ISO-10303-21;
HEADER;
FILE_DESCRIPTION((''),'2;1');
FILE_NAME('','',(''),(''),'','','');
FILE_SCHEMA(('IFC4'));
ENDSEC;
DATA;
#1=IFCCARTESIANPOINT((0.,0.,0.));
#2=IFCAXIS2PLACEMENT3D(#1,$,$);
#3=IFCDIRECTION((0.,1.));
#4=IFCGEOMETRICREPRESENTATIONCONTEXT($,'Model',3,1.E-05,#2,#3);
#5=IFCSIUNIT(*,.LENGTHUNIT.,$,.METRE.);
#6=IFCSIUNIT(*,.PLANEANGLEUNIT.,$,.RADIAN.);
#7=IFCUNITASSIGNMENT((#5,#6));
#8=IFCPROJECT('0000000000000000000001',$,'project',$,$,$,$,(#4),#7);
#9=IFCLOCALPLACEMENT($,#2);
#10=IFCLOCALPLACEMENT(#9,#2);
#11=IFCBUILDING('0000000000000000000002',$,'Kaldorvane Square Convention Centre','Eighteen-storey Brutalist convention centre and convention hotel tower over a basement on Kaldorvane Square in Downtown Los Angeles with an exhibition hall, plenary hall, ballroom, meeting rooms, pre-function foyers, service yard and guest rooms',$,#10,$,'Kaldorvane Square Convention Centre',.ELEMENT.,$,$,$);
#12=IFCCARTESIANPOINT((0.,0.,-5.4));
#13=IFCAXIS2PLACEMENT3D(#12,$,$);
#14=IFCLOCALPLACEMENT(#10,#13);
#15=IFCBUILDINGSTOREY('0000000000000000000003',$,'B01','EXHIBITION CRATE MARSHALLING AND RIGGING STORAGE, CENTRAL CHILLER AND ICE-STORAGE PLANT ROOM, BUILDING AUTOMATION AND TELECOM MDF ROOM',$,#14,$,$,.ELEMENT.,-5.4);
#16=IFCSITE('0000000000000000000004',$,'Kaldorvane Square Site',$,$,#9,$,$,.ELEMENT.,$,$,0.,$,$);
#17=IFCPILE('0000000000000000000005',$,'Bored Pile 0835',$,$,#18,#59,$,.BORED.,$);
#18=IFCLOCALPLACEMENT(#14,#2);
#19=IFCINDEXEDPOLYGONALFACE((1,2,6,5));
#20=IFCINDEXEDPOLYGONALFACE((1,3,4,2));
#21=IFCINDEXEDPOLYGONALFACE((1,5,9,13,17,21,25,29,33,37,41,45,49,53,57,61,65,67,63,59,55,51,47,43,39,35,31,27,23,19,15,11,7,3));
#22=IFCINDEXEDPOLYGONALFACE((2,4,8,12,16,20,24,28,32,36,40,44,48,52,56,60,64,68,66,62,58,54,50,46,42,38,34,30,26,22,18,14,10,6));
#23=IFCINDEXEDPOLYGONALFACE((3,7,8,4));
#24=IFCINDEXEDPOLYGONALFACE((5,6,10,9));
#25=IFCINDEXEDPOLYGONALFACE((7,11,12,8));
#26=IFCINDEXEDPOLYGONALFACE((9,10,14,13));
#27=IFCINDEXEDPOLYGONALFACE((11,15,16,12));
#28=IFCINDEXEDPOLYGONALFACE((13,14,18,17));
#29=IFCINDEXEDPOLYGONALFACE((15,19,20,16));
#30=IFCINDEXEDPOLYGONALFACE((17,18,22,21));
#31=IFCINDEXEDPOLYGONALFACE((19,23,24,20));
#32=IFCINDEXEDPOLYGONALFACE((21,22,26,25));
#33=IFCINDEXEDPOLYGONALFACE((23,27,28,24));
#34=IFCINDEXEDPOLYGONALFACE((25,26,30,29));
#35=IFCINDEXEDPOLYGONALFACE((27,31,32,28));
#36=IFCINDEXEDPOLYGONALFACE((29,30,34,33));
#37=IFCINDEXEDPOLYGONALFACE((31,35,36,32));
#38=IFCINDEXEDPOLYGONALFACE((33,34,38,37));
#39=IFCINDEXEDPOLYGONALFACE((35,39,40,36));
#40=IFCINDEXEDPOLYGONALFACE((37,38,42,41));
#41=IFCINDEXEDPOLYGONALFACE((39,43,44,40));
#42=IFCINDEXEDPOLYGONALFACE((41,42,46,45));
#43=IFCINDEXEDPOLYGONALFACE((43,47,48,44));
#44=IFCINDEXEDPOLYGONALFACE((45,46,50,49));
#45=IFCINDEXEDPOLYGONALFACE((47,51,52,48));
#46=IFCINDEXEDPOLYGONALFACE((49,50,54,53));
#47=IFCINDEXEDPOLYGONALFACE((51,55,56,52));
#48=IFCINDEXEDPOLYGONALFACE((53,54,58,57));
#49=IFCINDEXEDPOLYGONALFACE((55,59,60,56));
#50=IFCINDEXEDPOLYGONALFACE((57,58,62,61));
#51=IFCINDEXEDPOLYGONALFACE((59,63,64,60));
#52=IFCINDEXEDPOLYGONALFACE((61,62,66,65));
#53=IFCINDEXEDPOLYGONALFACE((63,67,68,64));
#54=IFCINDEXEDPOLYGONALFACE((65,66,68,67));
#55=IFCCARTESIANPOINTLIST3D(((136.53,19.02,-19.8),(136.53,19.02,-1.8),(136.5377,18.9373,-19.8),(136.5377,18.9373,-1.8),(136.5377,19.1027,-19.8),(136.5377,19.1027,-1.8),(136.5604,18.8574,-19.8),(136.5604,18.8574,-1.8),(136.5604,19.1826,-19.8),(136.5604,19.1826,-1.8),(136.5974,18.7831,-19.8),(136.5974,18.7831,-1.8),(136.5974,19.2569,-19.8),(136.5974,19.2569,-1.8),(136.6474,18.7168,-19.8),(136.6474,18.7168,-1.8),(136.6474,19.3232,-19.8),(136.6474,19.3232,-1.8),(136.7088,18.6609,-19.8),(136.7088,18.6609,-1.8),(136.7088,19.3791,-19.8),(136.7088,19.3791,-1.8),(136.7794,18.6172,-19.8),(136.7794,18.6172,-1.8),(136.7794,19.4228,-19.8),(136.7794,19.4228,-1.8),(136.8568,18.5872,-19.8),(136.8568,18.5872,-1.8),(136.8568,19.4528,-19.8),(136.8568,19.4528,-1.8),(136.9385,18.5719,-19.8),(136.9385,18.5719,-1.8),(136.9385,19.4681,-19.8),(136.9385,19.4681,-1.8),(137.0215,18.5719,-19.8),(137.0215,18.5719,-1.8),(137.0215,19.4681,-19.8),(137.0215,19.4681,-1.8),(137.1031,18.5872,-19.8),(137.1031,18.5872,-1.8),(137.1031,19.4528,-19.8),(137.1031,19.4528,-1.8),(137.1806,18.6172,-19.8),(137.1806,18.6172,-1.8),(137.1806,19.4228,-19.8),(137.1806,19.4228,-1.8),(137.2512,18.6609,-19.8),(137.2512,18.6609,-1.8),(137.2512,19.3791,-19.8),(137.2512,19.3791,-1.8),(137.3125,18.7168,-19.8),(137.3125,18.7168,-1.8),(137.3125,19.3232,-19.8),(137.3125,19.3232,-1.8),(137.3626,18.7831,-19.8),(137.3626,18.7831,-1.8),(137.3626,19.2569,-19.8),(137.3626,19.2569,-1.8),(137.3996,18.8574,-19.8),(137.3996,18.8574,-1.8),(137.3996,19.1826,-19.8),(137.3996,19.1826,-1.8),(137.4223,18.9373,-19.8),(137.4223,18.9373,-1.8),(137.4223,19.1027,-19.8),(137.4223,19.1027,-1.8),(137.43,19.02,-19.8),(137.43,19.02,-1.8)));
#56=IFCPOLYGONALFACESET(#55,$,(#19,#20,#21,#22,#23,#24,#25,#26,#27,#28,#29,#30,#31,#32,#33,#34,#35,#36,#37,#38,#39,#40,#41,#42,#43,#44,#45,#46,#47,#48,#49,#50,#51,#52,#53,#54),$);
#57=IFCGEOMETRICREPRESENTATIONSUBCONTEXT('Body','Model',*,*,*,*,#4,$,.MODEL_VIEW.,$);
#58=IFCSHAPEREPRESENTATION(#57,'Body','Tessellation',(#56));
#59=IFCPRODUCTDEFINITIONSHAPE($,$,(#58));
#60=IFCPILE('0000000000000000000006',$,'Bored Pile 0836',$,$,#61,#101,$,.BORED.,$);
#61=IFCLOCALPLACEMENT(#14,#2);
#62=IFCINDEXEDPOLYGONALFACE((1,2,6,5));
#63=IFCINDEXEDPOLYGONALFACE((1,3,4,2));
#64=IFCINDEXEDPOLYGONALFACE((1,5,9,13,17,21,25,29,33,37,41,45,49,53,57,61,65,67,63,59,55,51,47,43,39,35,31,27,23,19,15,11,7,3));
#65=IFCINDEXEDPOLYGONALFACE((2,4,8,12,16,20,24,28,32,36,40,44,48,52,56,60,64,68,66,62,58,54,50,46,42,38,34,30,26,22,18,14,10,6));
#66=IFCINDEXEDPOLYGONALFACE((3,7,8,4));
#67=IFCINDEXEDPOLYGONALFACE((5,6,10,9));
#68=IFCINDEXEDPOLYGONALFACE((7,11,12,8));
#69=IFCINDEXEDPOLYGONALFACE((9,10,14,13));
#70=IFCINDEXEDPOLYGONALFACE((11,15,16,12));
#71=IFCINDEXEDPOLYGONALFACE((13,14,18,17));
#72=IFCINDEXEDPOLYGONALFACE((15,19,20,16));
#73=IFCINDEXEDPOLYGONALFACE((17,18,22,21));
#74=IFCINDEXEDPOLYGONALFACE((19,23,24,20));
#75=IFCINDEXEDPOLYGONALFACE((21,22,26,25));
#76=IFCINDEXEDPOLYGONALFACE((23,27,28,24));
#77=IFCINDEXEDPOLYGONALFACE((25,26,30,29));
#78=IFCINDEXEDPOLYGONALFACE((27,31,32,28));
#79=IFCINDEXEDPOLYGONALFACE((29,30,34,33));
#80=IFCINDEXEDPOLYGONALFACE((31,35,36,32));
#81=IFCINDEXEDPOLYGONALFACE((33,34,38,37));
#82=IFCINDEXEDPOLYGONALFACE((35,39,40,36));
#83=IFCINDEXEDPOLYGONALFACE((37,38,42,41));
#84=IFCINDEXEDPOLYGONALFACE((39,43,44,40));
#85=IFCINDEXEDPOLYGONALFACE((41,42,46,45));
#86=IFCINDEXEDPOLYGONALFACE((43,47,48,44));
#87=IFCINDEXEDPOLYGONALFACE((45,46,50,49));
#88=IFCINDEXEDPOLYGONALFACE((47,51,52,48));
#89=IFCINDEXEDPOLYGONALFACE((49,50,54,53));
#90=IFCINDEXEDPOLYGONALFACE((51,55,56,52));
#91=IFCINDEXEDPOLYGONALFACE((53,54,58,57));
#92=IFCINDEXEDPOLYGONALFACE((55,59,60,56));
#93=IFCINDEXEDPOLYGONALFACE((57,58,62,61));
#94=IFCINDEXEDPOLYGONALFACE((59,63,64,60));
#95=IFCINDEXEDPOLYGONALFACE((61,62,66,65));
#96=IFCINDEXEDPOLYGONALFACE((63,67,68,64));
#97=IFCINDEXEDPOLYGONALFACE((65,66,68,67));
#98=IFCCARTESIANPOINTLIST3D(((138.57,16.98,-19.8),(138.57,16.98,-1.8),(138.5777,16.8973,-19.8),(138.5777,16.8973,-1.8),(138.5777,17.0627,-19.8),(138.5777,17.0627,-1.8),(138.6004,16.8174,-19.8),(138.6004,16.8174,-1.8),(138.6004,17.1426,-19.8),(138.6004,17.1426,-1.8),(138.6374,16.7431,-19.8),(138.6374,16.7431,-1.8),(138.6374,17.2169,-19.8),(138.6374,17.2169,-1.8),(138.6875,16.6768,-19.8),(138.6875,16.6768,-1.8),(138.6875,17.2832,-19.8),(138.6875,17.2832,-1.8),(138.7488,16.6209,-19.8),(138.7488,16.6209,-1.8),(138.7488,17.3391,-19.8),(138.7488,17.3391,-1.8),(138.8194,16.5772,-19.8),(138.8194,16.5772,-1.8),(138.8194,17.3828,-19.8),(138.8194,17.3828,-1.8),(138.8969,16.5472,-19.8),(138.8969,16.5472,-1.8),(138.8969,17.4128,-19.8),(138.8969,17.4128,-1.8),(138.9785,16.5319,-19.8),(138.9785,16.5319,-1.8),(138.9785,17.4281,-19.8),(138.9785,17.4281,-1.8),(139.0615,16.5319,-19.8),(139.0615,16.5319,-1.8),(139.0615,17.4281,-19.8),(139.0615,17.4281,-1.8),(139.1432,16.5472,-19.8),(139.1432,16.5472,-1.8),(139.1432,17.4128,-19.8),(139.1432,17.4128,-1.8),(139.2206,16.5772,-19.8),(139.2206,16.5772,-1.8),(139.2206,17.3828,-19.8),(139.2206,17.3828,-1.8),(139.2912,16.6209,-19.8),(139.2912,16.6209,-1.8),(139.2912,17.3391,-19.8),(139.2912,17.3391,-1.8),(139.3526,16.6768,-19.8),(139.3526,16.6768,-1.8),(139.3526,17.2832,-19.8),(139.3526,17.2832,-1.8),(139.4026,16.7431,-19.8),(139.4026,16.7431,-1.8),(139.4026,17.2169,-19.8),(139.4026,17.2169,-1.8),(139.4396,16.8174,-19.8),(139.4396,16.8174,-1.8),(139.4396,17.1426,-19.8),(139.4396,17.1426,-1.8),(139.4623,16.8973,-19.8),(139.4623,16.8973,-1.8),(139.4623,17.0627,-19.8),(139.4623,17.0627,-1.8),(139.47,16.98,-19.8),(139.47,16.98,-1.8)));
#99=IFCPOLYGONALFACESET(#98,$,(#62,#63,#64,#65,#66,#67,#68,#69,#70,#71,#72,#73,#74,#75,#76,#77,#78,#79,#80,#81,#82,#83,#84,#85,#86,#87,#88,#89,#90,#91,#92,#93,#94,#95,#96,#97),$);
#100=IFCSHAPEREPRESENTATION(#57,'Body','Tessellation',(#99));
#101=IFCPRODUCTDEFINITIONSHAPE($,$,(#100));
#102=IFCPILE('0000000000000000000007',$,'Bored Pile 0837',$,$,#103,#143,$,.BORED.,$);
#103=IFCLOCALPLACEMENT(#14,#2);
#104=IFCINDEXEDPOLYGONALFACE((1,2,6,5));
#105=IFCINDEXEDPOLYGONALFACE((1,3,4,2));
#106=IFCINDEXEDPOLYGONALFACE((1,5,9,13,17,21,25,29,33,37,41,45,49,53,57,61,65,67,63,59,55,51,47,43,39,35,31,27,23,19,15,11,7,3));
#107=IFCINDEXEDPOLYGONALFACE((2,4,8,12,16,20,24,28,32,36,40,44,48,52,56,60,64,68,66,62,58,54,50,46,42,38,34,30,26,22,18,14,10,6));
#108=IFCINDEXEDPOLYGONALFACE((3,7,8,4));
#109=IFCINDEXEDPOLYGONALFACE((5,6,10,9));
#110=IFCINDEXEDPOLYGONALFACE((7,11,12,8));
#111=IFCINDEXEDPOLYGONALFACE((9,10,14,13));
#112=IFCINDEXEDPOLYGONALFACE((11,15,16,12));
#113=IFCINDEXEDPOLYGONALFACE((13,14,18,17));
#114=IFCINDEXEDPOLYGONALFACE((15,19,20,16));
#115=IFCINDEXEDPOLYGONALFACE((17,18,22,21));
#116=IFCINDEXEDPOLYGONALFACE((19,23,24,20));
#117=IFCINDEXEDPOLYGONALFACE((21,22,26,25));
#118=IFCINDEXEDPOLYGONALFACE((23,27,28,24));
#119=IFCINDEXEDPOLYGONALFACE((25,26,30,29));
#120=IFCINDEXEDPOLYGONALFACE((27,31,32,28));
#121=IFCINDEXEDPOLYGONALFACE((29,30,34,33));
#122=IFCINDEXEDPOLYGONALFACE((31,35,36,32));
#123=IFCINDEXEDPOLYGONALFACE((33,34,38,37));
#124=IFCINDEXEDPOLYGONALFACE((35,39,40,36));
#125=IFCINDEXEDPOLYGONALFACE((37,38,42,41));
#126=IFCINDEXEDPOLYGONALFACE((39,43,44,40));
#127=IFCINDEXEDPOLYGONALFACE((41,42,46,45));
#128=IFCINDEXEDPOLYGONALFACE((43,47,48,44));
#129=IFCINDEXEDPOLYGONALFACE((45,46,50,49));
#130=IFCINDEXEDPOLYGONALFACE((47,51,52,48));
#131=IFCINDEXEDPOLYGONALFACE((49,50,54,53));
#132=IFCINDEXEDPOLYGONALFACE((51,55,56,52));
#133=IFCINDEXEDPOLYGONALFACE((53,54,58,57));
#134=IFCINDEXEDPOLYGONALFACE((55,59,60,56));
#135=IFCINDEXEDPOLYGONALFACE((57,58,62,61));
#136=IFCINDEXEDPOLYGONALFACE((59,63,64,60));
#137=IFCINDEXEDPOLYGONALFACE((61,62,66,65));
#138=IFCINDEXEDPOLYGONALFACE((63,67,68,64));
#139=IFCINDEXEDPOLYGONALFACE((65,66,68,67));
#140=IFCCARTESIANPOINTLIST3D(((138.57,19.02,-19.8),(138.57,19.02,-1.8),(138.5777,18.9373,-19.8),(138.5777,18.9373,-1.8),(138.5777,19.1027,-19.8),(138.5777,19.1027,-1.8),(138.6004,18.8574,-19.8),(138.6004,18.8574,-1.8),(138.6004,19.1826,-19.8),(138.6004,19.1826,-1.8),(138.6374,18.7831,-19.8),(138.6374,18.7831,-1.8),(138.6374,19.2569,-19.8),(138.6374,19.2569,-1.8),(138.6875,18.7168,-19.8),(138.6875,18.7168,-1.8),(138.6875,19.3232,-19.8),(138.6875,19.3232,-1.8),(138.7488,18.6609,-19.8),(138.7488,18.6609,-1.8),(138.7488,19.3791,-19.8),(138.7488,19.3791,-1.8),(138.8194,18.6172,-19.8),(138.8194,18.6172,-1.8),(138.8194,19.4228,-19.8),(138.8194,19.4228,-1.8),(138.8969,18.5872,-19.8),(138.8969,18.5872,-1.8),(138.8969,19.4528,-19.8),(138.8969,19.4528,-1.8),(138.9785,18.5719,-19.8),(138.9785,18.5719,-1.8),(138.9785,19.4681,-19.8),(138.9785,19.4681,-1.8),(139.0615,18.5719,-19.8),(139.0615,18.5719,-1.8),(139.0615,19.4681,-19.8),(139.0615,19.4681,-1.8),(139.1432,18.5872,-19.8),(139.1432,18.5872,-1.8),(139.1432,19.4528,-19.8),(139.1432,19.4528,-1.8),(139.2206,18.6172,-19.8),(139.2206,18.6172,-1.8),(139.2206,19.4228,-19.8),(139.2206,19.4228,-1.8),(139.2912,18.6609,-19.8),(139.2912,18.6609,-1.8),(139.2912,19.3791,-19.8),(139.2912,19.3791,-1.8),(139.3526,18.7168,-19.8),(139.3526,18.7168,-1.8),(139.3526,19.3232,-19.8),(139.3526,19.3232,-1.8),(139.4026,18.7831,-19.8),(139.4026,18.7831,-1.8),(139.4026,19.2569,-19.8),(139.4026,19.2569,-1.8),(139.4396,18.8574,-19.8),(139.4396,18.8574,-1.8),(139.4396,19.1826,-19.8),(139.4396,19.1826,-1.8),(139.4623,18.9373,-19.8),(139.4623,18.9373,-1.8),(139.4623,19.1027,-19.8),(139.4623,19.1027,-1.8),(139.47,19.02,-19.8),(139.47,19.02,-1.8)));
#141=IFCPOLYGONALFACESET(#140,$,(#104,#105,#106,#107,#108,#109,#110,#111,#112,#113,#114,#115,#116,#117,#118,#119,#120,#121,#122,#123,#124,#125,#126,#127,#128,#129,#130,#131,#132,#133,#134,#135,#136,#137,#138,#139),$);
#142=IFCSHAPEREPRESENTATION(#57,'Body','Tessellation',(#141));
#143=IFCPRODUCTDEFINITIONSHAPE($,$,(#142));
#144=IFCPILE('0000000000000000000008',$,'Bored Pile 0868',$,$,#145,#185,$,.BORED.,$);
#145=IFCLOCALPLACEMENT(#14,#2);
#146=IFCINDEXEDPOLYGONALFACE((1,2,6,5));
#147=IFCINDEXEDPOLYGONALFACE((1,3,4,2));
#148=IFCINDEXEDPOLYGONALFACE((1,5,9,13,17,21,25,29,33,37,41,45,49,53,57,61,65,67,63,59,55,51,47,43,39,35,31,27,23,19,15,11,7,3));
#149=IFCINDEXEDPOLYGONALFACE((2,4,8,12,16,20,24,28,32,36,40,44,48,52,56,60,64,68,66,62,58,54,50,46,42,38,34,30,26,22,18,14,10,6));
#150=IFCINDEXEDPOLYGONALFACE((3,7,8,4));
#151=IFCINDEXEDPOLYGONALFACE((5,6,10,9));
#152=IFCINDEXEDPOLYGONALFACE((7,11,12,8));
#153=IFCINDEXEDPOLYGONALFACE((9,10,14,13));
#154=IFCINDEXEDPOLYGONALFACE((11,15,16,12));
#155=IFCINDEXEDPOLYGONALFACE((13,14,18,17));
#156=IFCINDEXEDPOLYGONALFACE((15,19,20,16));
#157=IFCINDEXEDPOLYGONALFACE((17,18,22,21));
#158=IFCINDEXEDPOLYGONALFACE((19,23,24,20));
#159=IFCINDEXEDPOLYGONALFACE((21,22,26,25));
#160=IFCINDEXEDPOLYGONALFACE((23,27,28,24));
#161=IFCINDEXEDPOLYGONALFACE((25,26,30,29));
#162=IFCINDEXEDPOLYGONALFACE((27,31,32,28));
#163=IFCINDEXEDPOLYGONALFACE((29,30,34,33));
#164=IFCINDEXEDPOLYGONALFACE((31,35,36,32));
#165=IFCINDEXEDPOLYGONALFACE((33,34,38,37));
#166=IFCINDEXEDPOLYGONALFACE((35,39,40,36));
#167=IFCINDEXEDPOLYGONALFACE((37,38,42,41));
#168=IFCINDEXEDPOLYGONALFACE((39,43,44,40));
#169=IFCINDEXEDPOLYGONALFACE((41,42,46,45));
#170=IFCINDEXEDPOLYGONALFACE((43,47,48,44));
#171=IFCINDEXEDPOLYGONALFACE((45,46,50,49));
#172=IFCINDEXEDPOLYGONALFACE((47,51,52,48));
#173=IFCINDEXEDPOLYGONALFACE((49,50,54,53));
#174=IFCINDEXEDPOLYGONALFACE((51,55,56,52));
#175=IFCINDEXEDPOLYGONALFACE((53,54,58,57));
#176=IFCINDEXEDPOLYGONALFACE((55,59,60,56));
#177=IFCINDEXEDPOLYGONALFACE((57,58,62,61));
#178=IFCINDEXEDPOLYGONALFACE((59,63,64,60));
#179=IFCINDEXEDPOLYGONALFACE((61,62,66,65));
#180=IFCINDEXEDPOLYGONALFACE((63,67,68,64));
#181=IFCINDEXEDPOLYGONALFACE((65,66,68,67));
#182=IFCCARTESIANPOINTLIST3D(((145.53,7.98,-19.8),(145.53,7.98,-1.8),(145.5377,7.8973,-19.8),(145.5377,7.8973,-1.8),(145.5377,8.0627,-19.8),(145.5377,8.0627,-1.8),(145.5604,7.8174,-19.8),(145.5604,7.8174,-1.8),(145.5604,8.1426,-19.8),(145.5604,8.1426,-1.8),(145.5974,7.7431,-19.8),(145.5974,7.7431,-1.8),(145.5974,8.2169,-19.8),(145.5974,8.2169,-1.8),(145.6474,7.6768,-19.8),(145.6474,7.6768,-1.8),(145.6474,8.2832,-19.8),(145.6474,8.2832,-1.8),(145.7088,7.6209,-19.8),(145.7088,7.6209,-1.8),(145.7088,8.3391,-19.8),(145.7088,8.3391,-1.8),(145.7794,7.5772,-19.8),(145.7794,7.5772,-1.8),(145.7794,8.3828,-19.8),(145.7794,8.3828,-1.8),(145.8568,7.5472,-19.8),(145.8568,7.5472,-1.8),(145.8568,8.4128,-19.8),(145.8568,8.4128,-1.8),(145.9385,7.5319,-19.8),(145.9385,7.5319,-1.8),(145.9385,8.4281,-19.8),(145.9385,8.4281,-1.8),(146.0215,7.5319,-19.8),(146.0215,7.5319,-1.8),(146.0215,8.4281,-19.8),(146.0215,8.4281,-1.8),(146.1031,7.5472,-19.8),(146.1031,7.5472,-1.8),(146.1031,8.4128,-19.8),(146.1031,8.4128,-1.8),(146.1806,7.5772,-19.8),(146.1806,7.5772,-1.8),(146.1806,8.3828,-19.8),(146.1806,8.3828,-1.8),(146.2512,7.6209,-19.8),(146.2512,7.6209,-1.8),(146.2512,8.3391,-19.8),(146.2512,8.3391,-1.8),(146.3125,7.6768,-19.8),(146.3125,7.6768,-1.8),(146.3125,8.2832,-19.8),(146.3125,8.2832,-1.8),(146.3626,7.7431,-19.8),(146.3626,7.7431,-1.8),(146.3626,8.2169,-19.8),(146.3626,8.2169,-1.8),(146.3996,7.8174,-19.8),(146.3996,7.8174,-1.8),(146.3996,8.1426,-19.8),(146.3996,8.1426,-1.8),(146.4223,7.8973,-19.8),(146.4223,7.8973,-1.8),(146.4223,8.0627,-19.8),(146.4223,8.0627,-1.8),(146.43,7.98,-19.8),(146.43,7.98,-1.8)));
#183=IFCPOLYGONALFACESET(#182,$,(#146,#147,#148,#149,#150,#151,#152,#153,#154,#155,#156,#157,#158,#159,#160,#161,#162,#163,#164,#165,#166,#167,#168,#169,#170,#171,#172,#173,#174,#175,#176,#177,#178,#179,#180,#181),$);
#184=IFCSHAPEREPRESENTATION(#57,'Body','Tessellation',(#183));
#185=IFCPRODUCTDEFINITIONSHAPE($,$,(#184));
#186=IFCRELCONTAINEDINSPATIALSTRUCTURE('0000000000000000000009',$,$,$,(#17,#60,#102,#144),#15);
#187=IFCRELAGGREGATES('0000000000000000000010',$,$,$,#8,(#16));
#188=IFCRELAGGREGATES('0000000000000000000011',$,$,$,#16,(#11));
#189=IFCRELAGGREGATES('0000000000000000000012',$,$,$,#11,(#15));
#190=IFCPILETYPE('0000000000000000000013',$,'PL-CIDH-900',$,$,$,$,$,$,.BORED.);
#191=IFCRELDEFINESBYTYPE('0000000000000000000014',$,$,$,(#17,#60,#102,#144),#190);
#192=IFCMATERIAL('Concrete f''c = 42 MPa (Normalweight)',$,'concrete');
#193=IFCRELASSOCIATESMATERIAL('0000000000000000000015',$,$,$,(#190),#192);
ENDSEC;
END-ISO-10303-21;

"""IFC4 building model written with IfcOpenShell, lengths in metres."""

from ifc_helpers import new_model, si_unit, direction, frame, origin, origin_2d, place, context, subcontext, project, spatial, circle, extrude, material, material_profile, profile_set, type_object, element, save


model = new_model("IFC4")

# Units and contexts
model_context = context("Model", 3, precision=1e-05, world=origin(), true_north=direction((0.0, 1.0)))
body_context = subcontext(model_context, "Body", "Model", "MODEL_VIEW")
ifc_project = project(units=[si_unit("LENGTHUNIT", "METRE"), si_unit("PLANEANGLEUNIT", "RADIAN")], contexts=[model_context])

# Site, building, storey
site_placement = place(None, origin())
site = spatial("IfcSite", under=ifc_project, at=site_placement, Name="Kaldorvane Square Site", CompositionType="ELEMENT", RefElevation=0.0)
building_placement = place(site_placement, origin())
building = spatial("IfcBuilding", under=site, at=building_placement, Name="Kaldorvane Square Convention Centre", Description="Eighteen-storey Brutalist convention centre and convention hotel tower over a basement on Kaldorvane Square in Downtown Los Angeles with an exhibition hall, plenary hall, ballroom, meeting rooms, pre-function foyers, service yard and guest rooms", LongName="Kaldorvane Square Convention Centre", CompositionType="ELEMENT")
storey_placement = place(building_placement, frame((0.0, 0.0, -5.4)))
storey = spatial("IfcBuildingStorey", under=building, at=storey_placement, Name="B01", Description="EXHIBITION CRATE MARSHALLING AND RIGGING STORAGE, CENTRAL CHILLER AND ICE-STORAGE PLANT ROOM, BUILDING AUTOMATION AND TELECOM MDF ROOM", CompositionType="ELEMENT", Elevation=-5.4)

# Shared definitions
ifc_material_1 = material(Name="Concrete f'c = 42 MPa (Normalweight)", Category="concrete")

# Piles
ifc_material_profile_1 = material_profile(ifc_material_1, circle(Radius=0.45, at=origin_2d()), Name="PILE-D900")
ifc_profile_set_1 = profile_set([ifc_material_profile_1], Name="Concrete f'c = 42 MPa (Normalweight)")
pile_type_1 = type_object("IfcPileType", Name="PL-CIDH-900", PredefinedType="BORED", material=ifc_profile_set_1)
for number, where, z_axis, x_axis, name in (
    (1, (136.98, 19.02, -1.8), (0.0, 0.0, -1.0), (1.0, 0.0, 0.0), "Bored Pile 0835"),
    (2, (139.02, 16.98, -1.8), (0.0, 0.0, -1.0), (1.0, 0.0, 0.0), "Bored Pile 0836"),
    (3, (139.02, 19.02, -1.8), (0.0, 0.0, -1.0), (1.0, 0.0, 0.0), "Bored Pile 0837"),
    (4, (145.98, 7.98, -1.8), (0.0, 0.0, -1.0), (1.0, 0.0, 0.0), "Bored Pile 0868"),
):
    element("IfcPile", number, at=place(storey_placement, frame(where, z_axis=z_axis, x_axis=x_axis)), inside=storey, type_object=pile_type_1, Name=name, PredefinedType="BORED", context=body_context, shape_type="SweptSolid", body=[
        extrude(circle(Radius=0.45, at=origin_2d()), origin(), (0.0, 0.0, 1.0), 18.0),
    ])

save(model, "model.ifc")
